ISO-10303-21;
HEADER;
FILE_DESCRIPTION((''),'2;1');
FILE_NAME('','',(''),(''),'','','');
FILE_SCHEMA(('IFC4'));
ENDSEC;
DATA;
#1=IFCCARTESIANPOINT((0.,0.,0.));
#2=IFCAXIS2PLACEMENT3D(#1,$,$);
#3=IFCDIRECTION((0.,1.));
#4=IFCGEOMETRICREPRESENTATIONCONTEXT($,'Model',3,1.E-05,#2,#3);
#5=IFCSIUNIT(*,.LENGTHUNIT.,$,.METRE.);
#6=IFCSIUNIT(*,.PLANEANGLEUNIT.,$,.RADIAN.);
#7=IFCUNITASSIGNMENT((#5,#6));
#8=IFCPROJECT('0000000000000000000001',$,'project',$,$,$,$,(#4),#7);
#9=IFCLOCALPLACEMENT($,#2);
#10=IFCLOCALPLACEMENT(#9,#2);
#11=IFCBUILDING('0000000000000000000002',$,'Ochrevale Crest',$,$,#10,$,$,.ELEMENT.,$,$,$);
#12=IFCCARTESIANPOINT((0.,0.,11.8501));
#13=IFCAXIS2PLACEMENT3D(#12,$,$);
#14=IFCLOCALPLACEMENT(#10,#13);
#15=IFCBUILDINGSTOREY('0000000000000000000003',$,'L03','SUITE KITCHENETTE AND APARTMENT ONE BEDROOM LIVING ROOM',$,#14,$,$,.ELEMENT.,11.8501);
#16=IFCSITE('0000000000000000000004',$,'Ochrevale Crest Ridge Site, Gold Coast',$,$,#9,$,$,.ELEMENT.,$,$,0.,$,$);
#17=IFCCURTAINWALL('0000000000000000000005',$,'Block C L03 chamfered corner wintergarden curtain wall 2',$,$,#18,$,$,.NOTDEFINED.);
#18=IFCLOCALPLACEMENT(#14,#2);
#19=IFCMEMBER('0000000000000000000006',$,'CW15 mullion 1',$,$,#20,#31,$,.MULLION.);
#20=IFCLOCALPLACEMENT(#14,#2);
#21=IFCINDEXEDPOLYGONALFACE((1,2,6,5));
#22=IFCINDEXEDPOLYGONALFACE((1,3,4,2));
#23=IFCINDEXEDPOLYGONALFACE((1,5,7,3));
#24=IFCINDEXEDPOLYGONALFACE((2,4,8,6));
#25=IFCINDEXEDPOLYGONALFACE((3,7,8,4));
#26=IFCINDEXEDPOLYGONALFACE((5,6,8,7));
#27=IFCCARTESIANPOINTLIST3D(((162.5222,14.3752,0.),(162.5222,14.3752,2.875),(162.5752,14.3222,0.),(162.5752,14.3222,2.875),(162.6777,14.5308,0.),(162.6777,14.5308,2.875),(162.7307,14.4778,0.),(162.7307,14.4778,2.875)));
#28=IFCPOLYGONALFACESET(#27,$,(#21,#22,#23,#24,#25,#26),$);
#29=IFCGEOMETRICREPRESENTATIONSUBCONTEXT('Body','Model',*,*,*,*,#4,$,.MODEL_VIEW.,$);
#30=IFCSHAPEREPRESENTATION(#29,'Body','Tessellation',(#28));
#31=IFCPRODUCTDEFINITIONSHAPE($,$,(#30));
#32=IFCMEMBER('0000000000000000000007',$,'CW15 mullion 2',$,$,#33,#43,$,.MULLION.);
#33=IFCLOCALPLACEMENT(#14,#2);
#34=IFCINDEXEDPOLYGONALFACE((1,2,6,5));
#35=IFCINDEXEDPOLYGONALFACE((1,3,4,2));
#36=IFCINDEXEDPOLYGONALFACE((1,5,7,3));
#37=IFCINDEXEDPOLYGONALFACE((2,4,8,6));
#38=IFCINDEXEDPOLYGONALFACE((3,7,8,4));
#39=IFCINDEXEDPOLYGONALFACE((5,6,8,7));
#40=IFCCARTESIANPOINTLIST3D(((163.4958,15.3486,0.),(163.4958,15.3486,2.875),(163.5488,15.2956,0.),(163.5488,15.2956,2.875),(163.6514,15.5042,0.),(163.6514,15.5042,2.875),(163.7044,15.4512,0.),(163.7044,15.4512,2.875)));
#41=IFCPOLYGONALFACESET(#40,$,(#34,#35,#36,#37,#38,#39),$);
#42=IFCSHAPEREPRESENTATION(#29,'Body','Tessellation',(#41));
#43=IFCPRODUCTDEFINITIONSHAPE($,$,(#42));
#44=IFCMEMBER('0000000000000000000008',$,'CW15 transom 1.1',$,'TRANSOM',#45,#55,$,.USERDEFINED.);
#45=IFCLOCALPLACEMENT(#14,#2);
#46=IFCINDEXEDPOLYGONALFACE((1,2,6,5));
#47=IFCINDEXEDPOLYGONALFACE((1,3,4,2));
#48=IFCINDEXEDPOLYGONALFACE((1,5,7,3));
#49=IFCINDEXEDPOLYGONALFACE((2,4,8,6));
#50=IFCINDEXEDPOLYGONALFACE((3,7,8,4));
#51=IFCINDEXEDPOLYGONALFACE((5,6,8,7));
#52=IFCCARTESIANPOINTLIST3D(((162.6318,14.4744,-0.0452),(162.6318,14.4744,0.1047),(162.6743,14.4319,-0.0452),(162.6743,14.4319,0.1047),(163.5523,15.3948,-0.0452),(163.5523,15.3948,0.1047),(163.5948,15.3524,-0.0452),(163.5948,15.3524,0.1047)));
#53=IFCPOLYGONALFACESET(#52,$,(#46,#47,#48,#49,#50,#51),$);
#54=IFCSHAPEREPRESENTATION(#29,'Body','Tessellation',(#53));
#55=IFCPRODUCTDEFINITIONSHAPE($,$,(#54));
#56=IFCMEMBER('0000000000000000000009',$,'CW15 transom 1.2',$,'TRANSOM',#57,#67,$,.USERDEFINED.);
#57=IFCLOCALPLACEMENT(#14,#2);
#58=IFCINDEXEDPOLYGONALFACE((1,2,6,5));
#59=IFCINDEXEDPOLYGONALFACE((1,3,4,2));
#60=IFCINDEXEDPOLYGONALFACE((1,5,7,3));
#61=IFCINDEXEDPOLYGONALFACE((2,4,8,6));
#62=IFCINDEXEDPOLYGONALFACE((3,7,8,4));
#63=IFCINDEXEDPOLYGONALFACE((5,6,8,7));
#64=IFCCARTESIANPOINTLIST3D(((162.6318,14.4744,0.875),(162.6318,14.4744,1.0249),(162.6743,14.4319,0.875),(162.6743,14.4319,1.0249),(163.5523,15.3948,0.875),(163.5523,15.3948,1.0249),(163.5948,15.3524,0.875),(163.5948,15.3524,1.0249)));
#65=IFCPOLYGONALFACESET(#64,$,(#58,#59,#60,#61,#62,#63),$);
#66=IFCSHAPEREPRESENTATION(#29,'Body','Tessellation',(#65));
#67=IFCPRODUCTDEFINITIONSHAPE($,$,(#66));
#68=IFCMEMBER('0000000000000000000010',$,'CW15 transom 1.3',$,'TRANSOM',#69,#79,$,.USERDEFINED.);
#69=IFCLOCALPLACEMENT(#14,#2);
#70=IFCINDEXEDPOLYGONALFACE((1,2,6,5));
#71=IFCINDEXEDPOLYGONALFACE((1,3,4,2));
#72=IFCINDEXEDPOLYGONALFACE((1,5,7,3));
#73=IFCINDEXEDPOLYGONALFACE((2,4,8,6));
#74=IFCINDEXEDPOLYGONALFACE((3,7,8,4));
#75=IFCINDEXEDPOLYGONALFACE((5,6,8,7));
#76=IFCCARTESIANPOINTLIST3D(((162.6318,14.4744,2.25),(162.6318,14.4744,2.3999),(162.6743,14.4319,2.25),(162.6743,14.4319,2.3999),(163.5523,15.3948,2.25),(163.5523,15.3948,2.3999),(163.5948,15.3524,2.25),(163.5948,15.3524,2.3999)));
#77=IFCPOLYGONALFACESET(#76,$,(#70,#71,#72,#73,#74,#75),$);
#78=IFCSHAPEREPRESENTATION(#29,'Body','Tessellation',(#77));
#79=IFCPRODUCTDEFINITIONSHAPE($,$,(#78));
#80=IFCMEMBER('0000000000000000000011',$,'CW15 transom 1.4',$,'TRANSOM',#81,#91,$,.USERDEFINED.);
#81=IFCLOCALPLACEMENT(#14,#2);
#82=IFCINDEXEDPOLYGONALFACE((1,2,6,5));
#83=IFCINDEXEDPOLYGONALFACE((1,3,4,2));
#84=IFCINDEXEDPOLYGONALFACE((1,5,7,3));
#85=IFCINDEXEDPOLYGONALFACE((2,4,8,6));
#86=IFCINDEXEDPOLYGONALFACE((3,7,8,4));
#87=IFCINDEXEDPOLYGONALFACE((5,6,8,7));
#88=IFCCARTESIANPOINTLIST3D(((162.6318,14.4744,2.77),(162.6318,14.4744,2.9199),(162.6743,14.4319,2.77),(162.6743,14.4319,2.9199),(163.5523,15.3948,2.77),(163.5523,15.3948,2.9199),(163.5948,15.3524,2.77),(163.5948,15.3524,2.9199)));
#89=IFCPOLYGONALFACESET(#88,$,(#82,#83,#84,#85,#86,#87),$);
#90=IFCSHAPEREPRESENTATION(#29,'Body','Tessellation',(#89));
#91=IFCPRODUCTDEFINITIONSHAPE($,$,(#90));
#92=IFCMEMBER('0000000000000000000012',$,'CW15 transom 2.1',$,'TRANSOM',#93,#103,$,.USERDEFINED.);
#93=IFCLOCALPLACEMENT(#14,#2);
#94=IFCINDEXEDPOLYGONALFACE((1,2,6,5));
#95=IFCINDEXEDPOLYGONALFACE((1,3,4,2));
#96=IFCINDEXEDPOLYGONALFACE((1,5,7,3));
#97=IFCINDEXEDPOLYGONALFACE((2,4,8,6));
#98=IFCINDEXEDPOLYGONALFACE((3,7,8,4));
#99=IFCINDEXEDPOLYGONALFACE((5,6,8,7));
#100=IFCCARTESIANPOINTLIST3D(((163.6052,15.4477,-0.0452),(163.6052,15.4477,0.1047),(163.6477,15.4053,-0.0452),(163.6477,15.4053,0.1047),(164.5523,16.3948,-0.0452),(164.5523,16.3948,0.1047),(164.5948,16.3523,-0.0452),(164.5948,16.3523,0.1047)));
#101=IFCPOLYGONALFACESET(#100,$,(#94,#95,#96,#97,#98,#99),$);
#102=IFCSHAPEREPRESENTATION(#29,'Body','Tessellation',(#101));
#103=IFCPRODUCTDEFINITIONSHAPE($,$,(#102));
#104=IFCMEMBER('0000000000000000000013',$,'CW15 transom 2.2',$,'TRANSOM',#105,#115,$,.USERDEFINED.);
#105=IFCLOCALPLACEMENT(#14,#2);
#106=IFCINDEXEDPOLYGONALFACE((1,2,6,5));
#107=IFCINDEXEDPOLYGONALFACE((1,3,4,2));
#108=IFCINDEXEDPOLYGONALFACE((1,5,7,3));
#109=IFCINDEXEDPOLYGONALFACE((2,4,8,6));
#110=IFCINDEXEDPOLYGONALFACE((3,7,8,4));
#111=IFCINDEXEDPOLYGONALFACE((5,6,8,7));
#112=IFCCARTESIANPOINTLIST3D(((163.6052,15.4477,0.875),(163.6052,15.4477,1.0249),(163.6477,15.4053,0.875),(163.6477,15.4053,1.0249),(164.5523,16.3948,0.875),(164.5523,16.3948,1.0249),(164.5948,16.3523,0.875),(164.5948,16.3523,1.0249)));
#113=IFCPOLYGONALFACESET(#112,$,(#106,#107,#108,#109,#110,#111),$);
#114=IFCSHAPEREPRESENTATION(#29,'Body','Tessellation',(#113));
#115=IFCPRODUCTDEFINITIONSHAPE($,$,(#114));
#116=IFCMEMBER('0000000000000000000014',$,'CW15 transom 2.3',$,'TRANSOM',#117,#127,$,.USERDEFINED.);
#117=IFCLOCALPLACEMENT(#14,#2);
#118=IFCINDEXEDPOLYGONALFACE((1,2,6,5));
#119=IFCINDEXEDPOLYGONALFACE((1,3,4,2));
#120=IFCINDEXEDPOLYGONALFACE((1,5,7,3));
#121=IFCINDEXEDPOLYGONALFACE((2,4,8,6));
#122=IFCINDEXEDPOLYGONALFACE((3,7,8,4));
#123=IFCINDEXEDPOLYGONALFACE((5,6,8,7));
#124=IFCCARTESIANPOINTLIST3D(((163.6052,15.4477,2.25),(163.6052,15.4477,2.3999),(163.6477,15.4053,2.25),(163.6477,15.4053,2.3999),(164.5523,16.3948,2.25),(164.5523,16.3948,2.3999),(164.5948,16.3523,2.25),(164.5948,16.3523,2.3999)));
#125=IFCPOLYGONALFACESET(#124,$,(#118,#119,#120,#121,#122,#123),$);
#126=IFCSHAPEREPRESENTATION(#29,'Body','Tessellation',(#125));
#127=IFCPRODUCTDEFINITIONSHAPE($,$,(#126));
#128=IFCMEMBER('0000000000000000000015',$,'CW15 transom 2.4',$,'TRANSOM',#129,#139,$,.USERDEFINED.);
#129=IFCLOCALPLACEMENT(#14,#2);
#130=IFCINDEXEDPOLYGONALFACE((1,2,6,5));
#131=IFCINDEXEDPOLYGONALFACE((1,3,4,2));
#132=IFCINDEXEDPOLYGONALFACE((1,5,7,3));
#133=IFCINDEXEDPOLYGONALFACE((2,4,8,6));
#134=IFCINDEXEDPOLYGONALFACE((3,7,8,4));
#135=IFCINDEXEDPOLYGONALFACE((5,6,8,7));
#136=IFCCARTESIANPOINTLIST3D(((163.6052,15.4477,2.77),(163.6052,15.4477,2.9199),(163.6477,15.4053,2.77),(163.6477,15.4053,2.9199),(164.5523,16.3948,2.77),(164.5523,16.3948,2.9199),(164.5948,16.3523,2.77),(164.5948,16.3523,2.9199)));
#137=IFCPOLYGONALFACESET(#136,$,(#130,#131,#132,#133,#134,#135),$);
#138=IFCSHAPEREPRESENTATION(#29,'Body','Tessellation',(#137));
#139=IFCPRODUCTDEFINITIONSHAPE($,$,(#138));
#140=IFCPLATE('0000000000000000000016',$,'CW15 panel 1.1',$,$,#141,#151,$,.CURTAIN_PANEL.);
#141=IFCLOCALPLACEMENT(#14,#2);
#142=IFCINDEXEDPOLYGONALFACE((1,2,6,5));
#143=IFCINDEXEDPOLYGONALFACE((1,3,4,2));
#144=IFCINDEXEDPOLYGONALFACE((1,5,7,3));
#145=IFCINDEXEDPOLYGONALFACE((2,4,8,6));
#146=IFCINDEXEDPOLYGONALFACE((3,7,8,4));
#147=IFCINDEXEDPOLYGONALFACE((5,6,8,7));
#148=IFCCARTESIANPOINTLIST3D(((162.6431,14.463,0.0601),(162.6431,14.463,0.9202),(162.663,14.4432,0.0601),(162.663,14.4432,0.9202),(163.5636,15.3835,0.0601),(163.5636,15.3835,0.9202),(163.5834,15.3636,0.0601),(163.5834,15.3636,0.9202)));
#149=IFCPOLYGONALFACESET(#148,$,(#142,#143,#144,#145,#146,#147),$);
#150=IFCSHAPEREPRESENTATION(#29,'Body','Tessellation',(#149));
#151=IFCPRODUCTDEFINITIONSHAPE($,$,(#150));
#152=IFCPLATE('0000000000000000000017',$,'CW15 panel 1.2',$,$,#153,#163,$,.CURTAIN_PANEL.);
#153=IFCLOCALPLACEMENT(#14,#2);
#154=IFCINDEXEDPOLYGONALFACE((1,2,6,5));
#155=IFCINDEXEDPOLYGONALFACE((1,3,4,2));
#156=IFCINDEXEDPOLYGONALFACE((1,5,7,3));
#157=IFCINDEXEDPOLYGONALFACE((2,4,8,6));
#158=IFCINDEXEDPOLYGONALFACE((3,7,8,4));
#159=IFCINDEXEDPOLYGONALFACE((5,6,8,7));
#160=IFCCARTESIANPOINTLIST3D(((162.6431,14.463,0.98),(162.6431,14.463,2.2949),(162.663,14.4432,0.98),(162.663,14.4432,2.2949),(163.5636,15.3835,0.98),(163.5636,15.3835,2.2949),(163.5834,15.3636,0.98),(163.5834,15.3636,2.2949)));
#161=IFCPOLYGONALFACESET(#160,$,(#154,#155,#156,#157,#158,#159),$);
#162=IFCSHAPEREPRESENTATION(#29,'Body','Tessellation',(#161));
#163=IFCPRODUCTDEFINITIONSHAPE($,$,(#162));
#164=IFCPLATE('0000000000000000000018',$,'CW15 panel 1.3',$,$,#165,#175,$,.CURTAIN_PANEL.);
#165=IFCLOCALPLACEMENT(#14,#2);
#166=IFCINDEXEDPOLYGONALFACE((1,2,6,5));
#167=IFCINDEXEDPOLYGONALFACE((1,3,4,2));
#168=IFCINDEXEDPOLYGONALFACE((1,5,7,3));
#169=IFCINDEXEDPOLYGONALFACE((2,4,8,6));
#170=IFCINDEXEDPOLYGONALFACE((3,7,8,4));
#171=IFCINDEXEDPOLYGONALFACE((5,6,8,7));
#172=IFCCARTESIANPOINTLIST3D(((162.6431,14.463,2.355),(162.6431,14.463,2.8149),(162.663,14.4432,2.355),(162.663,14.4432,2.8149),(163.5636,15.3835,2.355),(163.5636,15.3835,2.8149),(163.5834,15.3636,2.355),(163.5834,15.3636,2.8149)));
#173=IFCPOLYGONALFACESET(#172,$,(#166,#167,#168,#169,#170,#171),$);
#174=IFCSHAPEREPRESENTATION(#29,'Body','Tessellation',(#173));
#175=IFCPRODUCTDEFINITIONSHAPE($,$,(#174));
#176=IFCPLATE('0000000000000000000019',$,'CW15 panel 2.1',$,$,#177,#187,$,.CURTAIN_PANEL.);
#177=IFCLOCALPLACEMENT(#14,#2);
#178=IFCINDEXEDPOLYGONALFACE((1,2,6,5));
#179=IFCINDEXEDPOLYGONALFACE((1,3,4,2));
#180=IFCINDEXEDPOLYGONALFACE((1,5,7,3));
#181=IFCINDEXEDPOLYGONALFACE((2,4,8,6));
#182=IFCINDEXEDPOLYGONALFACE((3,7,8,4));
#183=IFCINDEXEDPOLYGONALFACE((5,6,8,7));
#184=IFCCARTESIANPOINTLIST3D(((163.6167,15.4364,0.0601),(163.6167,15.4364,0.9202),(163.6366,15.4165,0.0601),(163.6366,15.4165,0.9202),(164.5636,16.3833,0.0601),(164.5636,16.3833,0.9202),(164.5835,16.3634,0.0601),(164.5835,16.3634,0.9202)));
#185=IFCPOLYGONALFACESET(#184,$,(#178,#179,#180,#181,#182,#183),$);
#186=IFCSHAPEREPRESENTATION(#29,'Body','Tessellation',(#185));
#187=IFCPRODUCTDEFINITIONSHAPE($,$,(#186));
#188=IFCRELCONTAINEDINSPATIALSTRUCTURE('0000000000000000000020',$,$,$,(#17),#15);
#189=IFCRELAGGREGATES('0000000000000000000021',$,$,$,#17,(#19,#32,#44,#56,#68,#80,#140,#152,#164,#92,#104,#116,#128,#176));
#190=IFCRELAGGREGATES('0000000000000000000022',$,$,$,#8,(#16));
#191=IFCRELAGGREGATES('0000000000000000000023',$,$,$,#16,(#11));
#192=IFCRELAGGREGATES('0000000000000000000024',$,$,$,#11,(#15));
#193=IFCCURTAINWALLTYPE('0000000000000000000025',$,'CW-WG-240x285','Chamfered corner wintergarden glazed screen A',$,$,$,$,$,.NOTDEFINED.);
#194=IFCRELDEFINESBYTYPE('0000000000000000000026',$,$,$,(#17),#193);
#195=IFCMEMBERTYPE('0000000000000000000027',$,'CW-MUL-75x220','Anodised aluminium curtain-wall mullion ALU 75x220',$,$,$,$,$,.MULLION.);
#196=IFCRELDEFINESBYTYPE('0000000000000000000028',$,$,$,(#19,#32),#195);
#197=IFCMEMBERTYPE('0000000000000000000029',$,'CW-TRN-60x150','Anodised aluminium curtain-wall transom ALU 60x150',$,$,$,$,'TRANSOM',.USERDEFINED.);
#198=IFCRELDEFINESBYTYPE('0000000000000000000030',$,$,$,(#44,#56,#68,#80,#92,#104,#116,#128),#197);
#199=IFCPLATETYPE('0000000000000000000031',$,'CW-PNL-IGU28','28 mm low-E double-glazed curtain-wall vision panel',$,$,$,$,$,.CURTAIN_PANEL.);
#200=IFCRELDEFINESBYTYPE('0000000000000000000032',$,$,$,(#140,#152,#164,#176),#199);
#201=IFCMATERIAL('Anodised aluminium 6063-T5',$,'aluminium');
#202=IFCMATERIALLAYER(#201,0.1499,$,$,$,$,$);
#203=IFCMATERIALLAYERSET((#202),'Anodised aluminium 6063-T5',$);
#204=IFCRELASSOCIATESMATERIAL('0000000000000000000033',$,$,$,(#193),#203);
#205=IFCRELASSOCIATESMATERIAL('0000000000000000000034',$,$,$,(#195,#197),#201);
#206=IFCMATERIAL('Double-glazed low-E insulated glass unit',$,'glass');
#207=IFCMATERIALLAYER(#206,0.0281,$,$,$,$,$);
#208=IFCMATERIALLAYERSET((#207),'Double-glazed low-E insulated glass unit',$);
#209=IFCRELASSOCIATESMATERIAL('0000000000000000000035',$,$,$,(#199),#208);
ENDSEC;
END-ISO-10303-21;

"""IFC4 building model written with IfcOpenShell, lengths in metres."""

from ifc_helpers import new_model, si_unit, direction, frame, origin, origin_2d, place, context, subcontext, project, spatial, rectangle, extrude, material, layer, layer_set, material_profile, profile_set, type_object, element, aggregate, save


model = new_model("IFC4")

# Units and contexts
model_context = context("Model", 3, precision=1e-05, world=origin(), true_north=direction((0.0, 1.0)))
body_context = subcontext(model_context, "Body", "Model", "MODEL_VIEW")
ifc_project = project(units=[si_unit("LENGTHUNIT", "METRE"), si_unit("PLANEANGLEUNIT", "RADIAN")], contexts=[model_context])

# Site, building, storey
site_placement = place(None, origin())
site = spatial("IfcSite", under=ifc_project, at=site_placement, Name="Ochrevale Crest Ridge Site, Gold Coast", CompositionType="ELEMENT", RefElevation=0.0)
building_placement = place(site_placement, origin())
building = spatial("IfcBuilding", under=site, at=building_placement, Name="Ochrevale Crest", CompositionType="ELEMENT")
storey_placement = place(building_placement, frame((0.0, 0.0, 11.8501)))
storey = spatial("IfcBuildingStorey", under=building, at=storey_placement, Name="L03", Description="SUITE KITCHENETTE AND APARTMENT ONE BEDROOM LIVING ROOM", CompositionType="ELEMENT", Elevation=11.8501)

# Curtain wall, members, plates
ifc_material_1 = material(Name="Anodised aluminium 6063-T5", Category="aluminium")
ifc_layer_1 = layer(ifc_material_1, 0.1499)
ifc_layer_set_1 = layer_set([ifc_layer_1], Name="Anodised aluminium 6063-T5")
curtain_wall_type = type_object("IfcCurtainWallType", Name="CW-WG-240x285", Description="Chamfered corner wintergarden glazed screen A", PredefinedType="NOTDEFINED", material=ifc_layer_set_1)
curtain_wall_placement = place(storey_placement, origin())
curtain_wall = element("IfcCurtainWall", 1, at=curtain_wall_placement, inside=storey, type_object=curtain_wall_type, Name="Block C L03 chamfered corner wintergarden curtain wall 2", PredefinedType="NOTDEFINED")
ifc_material_profile_1 = material_profile(ifc_material_1, rectangle(XDim=0.075, YDim=0.22, at=origin_2d()), Name="ALU 75x220")
ifc_profile_set_1 = profile_set([ifc_material_profile_1], Name="Anodised aluminium 6063-T5")
member_type_1 = type_object("IfcMemberType", Name="CW-MUL-75x220", Description="Anodised aluminium curtain-wall mullion ALU 75x220", PredefinedType="MULLION", material=ifc_profile_set_1)
member_1_placement = place(storey_placement, frame((162.6265, 14.4265, 0.0), z_axis=(0.0, 0.0, 1.0), x_axis=(-0.707107, 0.707107, 0.0)))
member_1 = element("IfcMember", 2, at=member_1_placement, type_object=member_type_1, Name="CW15 mullion 1", PredefinedType="MULLION", context=body_context, shape_type="SweptSolid", body=[
    extrude(rectangle(XDim=0.075, YDim=0.22, at=origin_2d()), origin(), (0.0, 0.0, 1.0), 2.875),
])
member_2_placement = place(storey_placement, frame((163.6001, 15.3999, 0.0), z_axis=(0.0, 0.0, 1.0), x_axis=(-0.707107, 0.707107, 0.0)))
member_2 = element("IfcMember", 3, at=member_2_placement, type_object=member_type_1, Name="CW15 mullion 2", PredefinedType="MULLION", context=body_context, shape_type="SweptSolid", body=[
    extrude(rectangle(XDim=0.075, YDim=0.22, at=origin_2d()), origin(), (0.0, 0.0, 1.0), 2.875),
])
ifc_material_profile_2 = material_profile(ifc_material_1, rectangle(XDim=0.0601, YDim=0.1499, at=origin_2d()), Name="ALU 60x150")
ifc_profile_set_2 = profile_set([ifc_material_profile_2], Name="Anodised aluminium 6063-T5")
member_type_2 = type_object("IfcMemberType", Name="CW-TRN-60x150", Description="Anodised aluminium curtain-wall transom ALU 60x150", ElementType="TRANSOM", PredefinedType="USERDEFINED", material=ifc_profile_set_2)
member_3_placement = place(storey_placement, frame((162.6531, 14.4531, 0.0298), z_axis=(0.707107, 0.707107, 0.0), x_axis=(-0.707107, 0.707107, 0.0)))
member_3 = element("IfcMember", 4, at=member_3_placement, type_object=member_type_2, Name="CW15 transom 1.1", ObjectType="TRANSOM", PredefinedType="USERDEFINED", context=body_context, shape_type="SweptSolid", body=[
    extrude(rectangle(XDim=0.0601, YDim=0.1499, at=origin_2d()), origin(), (0.0, 0.0, 1.0), 1.3018),
])
member_4_placement = place(storey_placement, frame((162.6531, 14.4531, 0.95), z_axis=(0.707107, 0.707107, 0.0), x_axis=(-0.707107, 0.707107, 0.0)))
member_4 = element("IfcMember", 5, at=member_4_placement, type_object=member_type_2, Name="CW15 transom 1.2", ObjectType="TRANSOM", PredefinedType="USERDEFINED", context=body_context, shape_type="SweptSolid", body=[
    extrude(rectangle(XDim=0.0601, YDim=0.1499, at=origin_2d()), origin(), (0.0, 0.0, 1.0), 1.3018),
])
member_5_placement = place(storey_placement, frame((162.6531, 14.4531, 2.325), z_axis=(0.707107, 0.707107, 0.0), x_axis=(-0.707107, 0.707107, 0.0)))
member_5 = element("IfcMember", 6, at=member_5_placement, type_object=member_type_2, Name="CW15 transom 1.3", ObjectType="TRANSOM", PredefinedType="USERDEFINED", context=body_context, shape_type="SweptSolid", body=[
    extrude(rectangle(XDim=0.0601, YDim=0.1499, at=origin_2d()), origin(), (0.0, 0.0, 1.0), 1.3018),
])
member_6_placement = place(storey_placement, frame((162.6531, 14.4531, 2.845), z_axis=(0.707107, 0.707107, 0.0), x_axis=(-0.707107, 0.707107, 0.0)))
member_6 = element("IfcMember", 7, at=member_6_placement, type_object=member_type_2, Name="CW15 transom 1.4", ObjectType="TRANSOM", PredefinedType="USERDEFINED", context=body_context, shape_type="SweptSolid", body=[
    extrude(rectangle(XDim=0.0601, YDim=0.1499, at=origin_2d()), origin(), (0.0, 0.0, 1.0), 1.3018),
])
member_7_placement = place(storey_placement, frame((163.6265, 15.4265, 0.0298), z_axis=(0.707107, 0.707107, 0.0), x_axis=(-0.707107, 0.707107, 0.0)))
member_7 = element("IfcMember", 8, at=member_7_placement, type_object=member_type_2, Name="CW15 transom 2.1", ObjectType="TRANSOM", PredefinedType="USERDEFINED", context=body_context, shape_type="SweptSolid", body=[
    extrude(rectangle(XDim=0.0601, YDim=0.1499, at=origin_2d()), origin(), (0.0, 0.0, 1.0), 1.3394),
])
member_8_placement = place(storey_placement, frame((163.6265, 15.4265, 0.95), z_axis=(0.707107, 0.707107, 0.0), x_axis=(-0.707107, 0.707107, 0.0)))
member_8 = element("IfcMember", 9, at=member_8_placement, type_object=member_type_2, Name="CW15 transom 2.2", ObjectType="TRANSOM", PredefinedType="USERDEFINED", context=body_context, shape_type="SweptSolid", body=[
    extrude(rectangle(XDim=0.0601, YDim=0.1499, at=origin_2d()), origin(), (0.0, 0.0, 1.0), 1.3394),
])
member_9_placement = place(storey_placement, frame((163.6265, 15.4265, 2.325), z_axis=(0.707107, 0.707107, 0.0), x_axis=(-0.707107, 0.707107, 0.0)))
member_9 = element("IfcMember", 10, at=member_9_placement, type_object=member_type_2, Name="CW15 transom 2.3", ObjectType="TRANSOM", PredefinedType="USERDEFINED", context=body_context, shape_type="SweptSolid", body=[
    extrude(rectangle(XDim=0.0601, YDim=0.1499, at=origin_2d()), origin(), (0.0, 0.0, 1.0), 1.3394),
])
member_10_placement = place(storey_placement, frame((163.6265, 15.4265, 2.845), z_axis=(0.707107, 0.707107, 0.0), x_axis=(-0.707107, 0.707107, 0.0)))
member_10 = element("IfcMember", 11, at=member_10_placement, type_object=member_type_2, Name="CW15 transom 2.4", ObjectType="TRANSOM", PredefinedType="USERDEFINED", context=body_context, shape_type="SweptSolid", body=[
    extrude(rectangle(XDim=0.0601, YDim=0.1499, at=origin_2d()), origin(), (0.0, 0.0, 1.0), 1.3394),
])
ifc_material_2 = material(Name="Double-glazed low-E insulated glass unit", Category="glass")
ifc_layer_2 = layer(ifc_material_2, 0.0281)
ifc_layer_set_2 = layer_set([ifc_layer_2], Name="Double-glazed low-E insulated glass unit")
plate_type_1 = type_object("IfcPlateType", Name="CW-PNL-IGU28", Description="28 mm low-E double-glazed curtain-wall vision panel", PredefinedType="CURTAIN_PANEL", material=ifc_layer_set_2)
plate_1_placement = place(storey_placement, frame((163.1133, 14.9133, 0.0601), z_axis=(0.0, 0.0, 1.0), x_axis=(0.707107, 0.707107, 0.0)))
plate_1 = element("IfcPlate", 12, at=plate_1_placement, type_object=plate_type_1, Name="CW15 panel 1.1", PredefinedType="CURTAIN_PANEL", context=body_context, shape_type="SweptSolid", body=[
    extrude(rectangle(XDim=1.3018, YDim=0.0281, at=origin_2d()), origin(), (0.0, 0.0, 1.0), 0.8601),
])
plate_2_placement = place(storey_placement, frame((163.1133, 14.9133, 0.98), z_axis=(0.0, 0.0, 1.0), x_axis=(0.707107, 0.707107, 0.0)))
plate_2 = element("IfcPlate", 13, at=plate_2_placement, type_object=plate_type_1, Name="CW15 panel 1.2", PredefinedType="CURTAIN_PANEL", context=body_context, shape_type="SweptSolid", body=[
    extrude(rectangle(XDim=1.3018, YDim=0.0281, at=origin_2d()), origin(), (0.0, 0.0, 1.0), 1.3149),
])
plate_3_placement = place(storey_placement, frame((163.1133, 14.9133, 2.355), z_axis=(0.0, 0.0, 1.0), x_axis=(0.707107, 0.707107, 0.0)))
plate_3 = element("IfcPlate", 14, at=plate_3_placement, type_object=plate_type_1, Name="CW15 panel 1.3", PredefinedType="CURTAIN_PANEL", context=body_context, shape_type="SweptSolid", body=[
    extrude(rectangle(XDim=1.3018, YDim=0.0281, at=origin_2d()), origin(), (0.0, 0.0, 1.0), 0.46),
])
plate_4_placement = place(storey_placement, frame((164.1001, 15.8999, 0.0601), z_axis=(0.0, 0.0, 1.0), x_axis=(0.707107, 0.707107, 0.0)))
plate_4 = element("IfcPlate", 15, at=plate_4_placement, type_object=plate_type_1, Name="CW15 panel 2.1", PredefinedType="CURTAIN_PANEL", context=body_context, shape_type="SweptSolid", body=[
    extrude(rectangle(XDim=1.3391, YDim=0.0281, at=origin_2d()), origin(), (0.0, 0.0, 1.0), 0.8601),
])
aggregate(curtain_wall, [member_1, member_2, member_3, member_4, member_5, member_6, plate_1, plate_2, plate_3, member_7, member_8, member_9, member_10, plate_4])

save(model, "model.ifc")
